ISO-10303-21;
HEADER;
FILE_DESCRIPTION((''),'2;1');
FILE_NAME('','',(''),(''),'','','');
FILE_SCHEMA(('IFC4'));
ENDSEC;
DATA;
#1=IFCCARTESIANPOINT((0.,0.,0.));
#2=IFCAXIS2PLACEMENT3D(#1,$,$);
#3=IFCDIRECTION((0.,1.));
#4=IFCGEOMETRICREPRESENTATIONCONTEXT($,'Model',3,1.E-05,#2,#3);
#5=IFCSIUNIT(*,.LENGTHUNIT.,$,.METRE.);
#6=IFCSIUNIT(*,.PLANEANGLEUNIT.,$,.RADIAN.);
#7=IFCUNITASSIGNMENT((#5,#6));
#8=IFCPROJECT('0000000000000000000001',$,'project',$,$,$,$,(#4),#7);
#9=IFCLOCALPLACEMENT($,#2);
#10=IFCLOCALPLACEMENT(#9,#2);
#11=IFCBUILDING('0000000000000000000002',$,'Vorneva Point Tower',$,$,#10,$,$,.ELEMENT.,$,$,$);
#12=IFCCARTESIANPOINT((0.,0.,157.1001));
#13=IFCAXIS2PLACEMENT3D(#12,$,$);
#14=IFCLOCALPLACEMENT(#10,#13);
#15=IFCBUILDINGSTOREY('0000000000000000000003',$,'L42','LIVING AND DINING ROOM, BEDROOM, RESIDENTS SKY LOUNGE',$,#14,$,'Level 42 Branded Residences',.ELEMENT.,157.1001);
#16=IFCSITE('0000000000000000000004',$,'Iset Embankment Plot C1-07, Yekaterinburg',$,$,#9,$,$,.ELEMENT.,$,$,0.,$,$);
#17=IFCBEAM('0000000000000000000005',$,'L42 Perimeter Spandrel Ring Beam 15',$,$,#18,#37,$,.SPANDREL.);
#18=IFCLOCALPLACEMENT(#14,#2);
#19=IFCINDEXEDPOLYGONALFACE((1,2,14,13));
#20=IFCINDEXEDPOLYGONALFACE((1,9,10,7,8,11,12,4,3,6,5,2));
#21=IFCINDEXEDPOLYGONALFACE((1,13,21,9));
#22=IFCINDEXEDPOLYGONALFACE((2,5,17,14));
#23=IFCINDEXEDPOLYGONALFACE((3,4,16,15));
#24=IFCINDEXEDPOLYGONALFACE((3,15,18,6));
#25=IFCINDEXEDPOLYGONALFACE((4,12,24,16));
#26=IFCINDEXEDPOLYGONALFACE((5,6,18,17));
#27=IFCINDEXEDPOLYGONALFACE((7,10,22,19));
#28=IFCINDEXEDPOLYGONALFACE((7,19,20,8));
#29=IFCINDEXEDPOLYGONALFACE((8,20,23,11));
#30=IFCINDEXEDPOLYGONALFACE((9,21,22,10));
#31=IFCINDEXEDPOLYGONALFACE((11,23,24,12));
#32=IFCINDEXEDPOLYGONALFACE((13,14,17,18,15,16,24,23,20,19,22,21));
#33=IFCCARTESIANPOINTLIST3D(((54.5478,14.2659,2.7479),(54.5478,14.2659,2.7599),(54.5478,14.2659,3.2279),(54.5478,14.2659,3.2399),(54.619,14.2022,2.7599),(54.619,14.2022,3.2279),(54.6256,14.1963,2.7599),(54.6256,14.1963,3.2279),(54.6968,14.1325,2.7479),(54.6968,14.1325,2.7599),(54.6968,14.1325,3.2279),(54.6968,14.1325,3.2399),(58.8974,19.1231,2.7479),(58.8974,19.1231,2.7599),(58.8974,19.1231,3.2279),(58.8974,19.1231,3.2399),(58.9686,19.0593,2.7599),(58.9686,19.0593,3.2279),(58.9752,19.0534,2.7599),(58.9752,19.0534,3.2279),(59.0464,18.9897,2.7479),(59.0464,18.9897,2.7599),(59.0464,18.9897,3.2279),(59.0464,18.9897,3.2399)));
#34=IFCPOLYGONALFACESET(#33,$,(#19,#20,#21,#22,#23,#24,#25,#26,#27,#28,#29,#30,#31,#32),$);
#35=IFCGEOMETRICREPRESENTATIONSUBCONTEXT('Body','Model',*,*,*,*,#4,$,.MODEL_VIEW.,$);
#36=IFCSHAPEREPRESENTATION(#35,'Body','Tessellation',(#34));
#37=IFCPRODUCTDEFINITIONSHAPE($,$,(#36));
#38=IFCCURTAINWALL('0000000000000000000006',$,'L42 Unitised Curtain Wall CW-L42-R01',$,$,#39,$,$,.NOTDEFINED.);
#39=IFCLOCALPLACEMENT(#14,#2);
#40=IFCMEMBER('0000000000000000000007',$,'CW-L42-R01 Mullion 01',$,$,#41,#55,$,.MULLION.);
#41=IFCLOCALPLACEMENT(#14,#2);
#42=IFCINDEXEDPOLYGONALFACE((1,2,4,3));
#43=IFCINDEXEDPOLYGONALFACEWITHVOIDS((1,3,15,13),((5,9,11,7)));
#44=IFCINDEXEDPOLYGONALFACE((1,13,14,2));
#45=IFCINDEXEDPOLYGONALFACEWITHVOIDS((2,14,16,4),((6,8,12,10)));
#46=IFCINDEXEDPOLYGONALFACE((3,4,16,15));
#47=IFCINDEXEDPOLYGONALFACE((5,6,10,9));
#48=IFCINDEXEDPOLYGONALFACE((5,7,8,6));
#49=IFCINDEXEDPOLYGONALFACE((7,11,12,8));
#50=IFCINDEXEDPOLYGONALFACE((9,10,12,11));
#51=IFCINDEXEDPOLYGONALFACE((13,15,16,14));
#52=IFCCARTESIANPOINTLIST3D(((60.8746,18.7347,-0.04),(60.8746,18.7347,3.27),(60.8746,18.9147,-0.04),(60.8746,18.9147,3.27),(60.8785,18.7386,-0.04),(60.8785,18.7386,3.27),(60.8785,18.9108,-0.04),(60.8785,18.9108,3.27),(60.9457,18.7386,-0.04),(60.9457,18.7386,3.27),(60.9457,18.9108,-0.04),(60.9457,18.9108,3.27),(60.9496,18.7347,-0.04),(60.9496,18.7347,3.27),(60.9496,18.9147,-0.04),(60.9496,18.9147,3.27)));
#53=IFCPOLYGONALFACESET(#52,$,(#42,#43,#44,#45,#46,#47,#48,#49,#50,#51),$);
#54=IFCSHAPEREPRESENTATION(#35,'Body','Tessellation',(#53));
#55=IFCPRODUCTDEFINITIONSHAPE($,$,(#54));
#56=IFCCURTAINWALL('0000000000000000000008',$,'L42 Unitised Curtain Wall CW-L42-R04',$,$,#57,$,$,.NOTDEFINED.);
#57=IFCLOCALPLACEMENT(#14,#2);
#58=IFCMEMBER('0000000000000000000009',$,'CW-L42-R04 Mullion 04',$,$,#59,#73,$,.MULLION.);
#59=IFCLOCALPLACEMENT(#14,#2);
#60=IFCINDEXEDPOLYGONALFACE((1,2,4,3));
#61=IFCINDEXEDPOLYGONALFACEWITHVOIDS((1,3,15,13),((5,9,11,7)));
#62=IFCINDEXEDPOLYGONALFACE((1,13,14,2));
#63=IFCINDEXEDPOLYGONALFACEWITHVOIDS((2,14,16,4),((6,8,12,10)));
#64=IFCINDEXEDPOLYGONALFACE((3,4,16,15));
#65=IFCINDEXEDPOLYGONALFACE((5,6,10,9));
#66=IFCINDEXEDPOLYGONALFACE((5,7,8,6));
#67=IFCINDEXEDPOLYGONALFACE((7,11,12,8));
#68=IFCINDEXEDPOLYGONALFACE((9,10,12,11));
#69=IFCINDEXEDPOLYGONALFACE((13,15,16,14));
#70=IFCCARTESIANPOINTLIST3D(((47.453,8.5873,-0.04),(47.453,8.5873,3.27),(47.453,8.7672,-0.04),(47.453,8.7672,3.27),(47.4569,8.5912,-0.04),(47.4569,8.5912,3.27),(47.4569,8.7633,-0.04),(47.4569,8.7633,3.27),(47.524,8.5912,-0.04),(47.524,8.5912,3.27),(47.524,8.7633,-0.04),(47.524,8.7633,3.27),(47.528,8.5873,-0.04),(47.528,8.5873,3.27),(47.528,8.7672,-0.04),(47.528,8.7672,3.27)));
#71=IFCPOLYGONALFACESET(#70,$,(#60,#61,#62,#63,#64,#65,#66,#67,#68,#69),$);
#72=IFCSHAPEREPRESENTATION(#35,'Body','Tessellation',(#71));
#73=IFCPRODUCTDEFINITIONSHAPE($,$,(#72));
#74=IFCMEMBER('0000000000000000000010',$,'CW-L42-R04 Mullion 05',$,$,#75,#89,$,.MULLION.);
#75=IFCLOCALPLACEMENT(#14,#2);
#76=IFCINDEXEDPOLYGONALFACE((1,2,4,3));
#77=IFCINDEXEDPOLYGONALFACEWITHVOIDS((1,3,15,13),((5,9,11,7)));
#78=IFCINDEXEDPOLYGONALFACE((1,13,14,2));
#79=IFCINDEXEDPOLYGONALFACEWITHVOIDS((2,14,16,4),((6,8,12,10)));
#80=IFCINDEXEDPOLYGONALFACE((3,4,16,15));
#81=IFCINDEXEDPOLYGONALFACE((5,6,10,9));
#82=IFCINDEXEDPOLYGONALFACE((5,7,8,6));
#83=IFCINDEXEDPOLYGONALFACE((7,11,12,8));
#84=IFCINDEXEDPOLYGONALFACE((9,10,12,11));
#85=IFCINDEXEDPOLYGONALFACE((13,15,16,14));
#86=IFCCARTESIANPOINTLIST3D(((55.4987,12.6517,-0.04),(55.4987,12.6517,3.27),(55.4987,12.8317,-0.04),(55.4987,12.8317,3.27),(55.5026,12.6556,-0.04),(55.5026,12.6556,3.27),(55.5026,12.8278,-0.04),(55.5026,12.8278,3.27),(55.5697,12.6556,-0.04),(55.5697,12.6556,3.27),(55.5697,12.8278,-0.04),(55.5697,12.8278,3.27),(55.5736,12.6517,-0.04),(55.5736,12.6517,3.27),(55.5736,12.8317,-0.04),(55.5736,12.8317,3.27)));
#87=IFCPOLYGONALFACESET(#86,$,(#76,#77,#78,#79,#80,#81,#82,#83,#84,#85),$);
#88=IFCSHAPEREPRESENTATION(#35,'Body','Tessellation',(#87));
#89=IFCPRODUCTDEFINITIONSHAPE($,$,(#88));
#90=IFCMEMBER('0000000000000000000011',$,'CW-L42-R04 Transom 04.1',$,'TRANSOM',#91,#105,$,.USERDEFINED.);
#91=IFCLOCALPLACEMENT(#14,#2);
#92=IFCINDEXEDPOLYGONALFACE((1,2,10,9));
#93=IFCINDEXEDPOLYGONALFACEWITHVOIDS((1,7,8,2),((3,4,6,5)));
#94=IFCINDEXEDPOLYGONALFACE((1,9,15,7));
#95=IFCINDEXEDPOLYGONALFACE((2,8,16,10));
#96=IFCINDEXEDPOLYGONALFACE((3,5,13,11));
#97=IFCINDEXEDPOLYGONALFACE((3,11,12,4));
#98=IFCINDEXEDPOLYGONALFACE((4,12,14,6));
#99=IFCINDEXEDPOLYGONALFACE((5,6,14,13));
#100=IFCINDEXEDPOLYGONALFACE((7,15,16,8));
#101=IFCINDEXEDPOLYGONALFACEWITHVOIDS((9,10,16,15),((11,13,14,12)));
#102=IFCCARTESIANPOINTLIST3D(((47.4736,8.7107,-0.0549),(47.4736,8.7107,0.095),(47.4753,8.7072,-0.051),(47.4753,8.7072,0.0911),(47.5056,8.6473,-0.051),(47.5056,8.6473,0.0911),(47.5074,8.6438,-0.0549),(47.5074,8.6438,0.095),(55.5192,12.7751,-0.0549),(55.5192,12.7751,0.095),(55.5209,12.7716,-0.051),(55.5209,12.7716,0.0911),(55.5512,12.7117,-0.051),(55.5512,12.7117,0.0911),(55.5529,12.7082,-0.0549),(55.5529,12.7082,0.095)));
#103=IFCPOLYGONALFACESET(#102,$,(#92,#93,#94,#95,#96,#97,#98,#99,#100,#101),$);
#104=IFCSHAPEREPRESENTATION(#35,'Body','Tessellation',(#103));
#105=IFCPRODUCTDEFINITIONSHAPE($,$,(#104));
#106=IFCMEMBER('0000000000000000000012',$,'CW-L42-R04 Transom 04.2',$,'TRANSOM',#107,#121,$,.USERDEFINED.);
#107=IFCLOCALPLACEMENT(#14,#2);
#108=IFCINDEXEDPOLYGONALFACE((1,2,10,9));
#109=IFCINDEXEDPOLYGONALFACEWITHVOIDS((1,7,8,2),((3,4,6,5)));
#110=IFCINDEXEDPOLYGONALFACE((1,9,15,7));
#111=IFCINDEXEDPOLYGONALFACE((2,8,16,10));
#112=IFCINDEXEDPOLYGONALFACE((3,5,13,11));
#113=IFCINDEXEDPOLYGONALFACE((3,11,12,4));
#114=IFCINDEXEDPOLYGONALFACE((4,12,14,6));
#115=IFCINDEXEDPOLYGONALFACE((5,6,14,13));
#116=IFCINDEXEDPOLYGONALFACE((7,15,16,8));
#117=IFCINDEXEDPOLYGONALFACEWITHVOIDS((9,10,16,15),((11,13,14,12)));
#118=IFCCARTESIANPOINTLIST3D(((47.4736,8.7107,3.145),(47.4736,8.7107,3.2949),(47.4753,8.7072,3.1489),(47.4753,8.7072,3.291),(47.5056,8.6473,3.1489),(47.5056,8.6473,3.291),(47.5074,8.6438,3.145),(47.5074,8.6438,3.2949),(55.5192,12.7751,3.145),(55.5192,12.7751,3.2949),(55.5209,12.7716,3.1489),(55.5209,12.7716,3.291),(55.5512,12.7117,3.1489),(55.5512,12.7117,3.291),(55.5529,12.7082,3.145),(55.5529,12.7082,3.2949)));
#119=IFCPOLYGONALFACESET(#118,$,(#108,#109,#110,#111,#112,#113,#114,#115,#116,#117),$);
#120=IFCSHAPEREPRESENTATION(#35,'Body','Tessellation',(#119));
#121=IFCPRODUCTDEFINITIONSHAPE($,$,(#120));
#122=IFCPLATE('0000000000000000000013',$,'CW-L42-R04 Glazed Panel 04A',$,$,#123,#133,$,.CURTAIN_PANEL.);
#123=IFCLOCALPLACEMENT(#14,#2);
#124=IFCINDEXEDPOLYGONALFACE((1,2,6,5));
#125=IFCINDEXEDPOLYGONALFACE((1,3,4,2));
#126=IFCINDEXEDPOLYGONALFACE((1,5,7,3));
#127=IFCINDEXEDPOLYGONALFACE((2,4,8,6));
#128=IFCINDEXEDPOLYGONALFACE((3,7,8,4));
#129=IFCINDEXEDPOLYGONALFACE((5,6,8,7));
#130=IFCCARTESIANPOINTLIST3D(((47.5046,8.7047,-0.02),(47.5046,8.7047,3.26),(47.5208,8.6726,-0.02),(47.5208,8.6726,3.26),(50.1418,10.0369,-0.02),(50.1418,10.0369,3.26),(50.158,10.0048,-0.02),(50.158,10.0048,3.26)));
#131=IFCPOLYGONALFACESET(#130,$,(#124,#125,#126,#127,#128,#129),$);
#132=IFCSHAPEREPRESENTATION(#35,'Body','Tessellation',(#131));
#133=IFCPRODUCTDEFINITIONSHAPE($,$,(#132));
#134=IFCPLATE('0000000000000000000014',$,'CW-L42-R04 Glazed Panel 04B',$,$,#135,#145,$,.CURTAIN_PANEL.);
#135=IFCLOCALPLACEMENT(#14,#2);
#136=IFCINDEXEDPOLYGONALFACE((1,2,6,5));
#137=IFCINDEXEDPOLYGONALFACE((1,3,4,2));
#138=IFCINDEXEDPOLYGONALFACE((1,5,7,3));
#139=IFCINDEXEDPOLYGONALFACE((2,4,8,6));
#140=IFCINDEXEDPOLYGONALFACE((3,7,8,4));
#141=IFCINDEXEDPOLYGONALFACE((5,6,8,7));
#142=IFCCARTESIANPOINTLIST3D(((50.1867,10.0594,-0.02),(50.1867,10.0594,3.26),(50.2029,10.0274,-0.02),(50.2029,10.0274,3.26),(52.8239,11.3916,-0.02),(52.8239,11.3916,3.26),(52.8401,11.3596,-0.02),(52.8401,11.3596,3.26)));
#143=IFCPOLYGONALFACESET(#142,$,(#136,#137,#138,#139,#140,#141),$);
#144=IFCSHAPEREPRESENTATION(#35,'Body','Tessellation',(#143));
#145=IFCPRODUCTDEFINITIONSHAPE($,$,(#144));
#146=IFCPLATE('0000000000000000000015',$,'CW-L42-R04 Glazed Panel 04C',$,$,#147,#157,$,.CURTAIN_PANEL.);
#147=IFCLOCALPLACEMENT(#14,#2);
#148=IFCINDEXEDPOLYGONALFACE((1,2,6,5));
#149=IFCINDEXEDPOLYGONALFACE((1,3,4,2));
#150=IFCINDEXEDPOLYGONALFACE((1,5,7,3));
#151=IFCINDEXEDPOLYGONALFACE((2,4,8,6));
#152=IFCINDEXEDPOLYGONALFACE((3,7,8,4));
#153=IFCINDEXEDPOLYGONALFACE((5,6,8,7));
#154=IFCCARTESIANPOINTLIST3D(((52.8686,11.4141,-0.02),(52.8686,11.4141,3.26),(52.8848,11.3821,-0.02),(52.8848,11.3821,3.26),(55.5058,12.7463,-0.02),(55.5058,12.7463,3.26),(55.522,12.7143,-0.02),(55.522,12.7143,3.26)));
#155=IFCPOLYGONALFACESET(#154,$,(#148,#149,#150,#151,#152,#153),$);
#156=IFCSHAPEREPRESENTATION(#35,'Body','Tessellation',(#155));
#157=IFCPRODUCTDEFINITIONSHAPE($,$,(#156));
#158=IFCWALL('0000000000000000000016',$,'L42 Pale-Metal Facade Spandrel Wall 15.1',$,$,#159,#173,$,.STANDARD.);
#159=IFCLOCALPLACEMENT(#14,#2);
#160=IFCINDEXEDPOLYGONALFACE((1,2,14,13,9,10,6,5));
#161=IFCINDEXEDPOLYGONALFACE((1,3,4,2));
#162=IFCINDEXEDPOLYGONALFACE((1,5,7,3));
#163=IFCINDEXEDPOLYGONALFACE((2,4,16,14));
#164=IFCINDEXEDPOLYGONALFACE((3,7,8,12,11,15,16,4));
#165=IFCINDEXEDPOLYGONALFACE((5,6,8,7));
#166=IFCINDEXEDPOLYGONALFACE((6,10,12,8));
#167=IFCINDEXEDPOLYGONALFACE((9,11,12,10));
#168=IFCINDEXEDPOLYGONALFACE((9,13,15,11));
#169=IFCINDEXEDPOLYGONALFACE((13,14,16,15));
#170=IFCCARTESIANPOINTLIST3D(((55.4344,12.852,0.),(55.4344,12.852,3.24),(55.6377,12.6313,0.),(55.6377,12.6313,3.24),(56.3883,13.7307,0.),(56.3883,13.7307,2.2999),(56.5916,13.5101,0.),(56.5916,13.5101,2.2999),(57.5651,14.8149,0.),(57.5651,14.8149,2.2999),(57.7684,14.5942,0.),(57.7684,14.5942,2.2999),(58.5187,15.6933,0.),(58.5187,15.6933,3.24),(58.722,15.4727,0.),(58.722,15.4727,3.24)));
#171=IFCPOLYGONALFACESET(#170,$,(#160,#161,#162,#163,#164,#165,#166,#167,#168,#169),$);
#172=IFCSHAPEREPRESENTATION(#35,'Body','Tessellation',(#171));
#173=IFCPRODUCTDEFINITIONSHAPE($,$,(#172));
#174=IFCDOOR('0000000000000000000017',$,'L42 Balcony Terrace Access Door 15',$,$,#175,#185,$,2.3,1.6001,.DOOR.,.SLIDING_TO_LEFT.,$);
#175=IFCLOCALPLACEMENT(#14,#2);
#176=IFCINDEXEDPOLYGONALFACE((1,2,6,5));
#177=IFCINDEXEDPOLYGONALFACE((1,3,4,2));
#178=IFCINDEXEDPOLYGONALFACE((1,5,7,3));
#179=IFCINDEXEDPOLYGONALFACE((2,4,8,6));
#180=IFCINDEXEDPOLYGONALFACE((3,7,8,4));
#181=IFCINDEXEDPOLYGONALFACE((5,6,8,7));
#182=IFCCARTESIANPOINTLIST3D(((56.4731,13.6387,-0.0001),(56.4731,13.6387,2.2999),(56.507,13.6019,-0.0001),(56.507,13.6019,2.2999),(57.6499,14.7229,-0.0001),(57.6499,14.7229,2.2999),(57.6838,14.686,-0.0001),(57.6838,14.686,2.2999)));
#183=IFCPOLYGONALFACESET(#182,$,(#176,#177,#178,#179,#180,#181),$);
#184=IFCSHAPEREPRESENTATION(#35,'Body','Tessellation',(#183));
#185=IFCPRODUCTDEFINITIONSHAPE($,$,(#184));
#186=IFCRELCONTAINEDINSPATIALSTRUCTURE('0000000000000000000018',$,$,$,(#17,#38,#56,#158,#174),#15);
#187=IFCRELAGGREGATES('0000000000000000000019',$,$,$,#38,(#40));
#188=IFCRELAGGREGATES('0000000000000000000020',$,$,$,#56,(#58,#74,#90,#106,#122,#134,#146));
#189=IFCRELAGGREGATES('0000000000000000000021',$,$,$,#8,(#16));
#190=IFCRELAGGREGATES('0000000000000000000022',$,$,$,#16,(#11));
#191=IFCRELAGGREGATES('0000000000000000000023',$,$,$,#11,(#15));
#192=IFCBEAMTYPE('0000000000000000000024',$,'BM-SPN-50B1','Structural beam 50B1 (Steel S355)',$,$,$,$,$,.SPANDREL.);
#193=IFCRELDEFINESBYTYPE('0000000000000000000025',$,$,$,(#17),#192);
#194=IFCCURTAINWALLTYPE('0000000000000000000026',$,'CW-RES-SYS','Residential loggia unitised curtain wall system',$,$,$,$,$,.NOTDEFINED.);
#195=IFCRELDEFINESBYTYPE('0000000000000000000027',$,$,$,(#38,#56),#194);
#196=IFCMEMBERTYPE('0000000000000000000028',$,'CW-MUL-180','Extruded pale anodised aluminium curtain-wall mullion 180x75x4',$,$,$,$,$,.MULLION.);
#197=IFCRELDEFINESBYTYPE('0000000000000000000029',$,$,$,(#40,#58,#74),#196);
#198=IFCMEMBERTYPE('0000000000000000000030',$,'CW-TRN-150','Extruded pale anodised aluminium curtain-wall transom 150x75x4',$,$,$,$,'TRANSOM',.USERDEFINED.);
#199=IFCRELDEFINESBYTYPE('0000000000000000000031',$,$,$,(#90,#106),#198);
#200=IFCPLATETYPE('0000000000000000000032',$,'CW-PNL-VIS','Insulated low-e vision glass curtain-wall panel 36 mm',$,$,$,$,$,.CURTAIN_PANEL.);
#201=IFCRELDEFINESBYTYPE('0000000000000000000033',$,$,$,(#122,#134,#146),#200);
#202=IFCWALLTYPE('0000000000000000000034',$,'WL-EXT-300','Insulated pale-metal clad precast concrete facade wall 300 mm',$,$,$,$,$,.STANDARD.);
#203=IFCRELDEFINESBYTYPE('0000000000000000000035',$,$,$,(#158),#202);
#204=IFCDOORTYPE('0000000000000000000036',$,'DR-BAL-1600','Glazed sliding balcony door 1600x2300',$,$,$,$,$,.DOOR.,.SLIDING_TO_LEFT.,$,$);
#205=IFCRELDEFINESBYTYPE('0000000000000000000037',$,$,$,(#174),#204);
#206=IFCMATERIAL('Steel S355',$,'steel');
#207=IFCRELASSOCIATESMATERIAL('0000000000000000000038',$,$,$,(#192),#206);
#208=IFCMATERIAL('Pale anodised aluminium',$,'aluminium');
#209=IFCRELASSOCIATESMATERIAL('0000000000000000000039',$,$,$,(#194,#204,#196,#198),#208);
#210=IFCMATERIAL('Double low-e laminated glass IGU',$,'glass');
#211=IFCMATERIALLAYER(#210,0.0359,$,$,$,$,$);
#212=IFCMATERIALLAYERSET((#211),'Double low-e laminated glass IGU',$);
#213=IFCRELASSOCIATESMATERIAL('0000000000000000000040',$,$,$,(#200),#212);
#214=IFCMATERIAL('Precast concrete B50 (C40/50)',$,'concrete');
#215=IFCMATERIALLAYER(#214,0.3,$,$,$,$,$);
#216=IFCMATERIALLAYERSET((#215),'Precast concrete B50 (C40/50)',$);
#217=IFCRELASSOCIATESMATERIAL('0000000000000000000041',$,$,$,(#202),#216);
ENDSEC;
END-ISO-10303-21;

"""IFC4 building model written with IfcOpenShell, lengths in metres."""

from ifc_helpers import new_model, si_unit, direction, frame, frame_2d, origin, origin_2d, place, context, subcontext, project, spatial, rectangle, hollow_rectangle, i_section, extrude, material, layer, layer_set, material_profile, profile_set, type_object, element, fill, aggregate, save


model = new_model("IFC4")

# Units and contexts
model_context = context("Model", 3, precision=1e-05, world=origin(), true_north=direction((0.0, 1.0)))
body_context = subcontext(model_context, "Body", "Model", "MODEL_VIEW")
ifc_project = project(units=[si_unit("LENGTHUNIT", "METRE"), si_unit("PLANEANGLEUNIT", "RADIAN")], contexts=[model_context])

# Site, building, storey
site_placement = place(None, origin())
site = spatial("IfcSite", under=ifc_project, at=site_placement, Name="Iset Embankment Plot C1-07, Yekaterinburg", CompositionType="ELEMENT", RefElevation=0.0)
building_placement = place(site_placement, origin())
building = spatial("IfcBuilding", under=site, at=building_placement, Name="Vorneva Point Tower", CompositionType="ELEMENT")
storey_placement = place(building_placement, frame((0.0, 0.0, 157.1001)))
storey = spatial("IfcBuildingStorey", under=building, at=storey_placement, Name="L42", Description="LIVING AND DINING ROOM, BEDROOM, RESIDENTS SKY LOUNGE", LongName="Level 42 Branded Residences", CompositionType="ELEMENT", Elevation=157.1001)

# Beam
ifc_material_1 = material(Name="Steel S355", Category="steel")
ifc_material_profile_1 = material_profile(ifc_material_1, i_section(OverallWidth=0.2, OverallDepth=0.4919, WebThickness=0.0088, FlangeThickness=0.012, at=origin_2d()), Name="50B1")
ifc_profile_set_1 = profile_set([ifc_material_profile_1], Name="Steel S355")
beam_type_1 = type_object("IfcBeamType", Name="BM-SPN-50B1", Description="Structural beam 50B1 (Steel S355)", PredefinedType="SPANDREL", material=ifc_profile_set_1)
beam_1_placement = place(storey_placement, frame((54.6223, 14.1992, 2.9939), z_axis=(0.667111, 0.744958, 0.0), x_axis=(-0.744958, 0.667111, 0.0)))
element("IfcBeam", 1, at=beam_1_placement, inside=storey, type_object=beam_type_1, Name="L42 Perimeter Spandrel Ring Beam 15", PredefinedType="SPANDREL", context=body_context, shape_type="SweptSolid", body=[
    extrude(i_section(OverallWidth=0.2, OverallDepth=0.4919, WebThickness=0.0088, FlangeThickness=0.012, at=origin_2d()), origin(), (0.0, 0.0, 1.0), 6.52),
])

# Curtain wall, member
ifc_material_2 = material(Name="Pale anodised aluminium", Category="aluminium")
curtain_wall_type = type_object("IfcCurtainWallType", Name="CW-RES-SYS", Description="Residential loggia unitised curtain wall system", PredefinedType="NOTDEFINED", material=ifc_material_2)
curtain_wall_1_placement = place(storey_placement, origin())
curtain_wall_1 = element("IfcCurtainWall", 2, at=curtain_wall_1_placement, inside=storey, type_object=curtain_wall_type, Name="L42 Unitised Curtain Wall CW-L42-R01", PredefinedType="NOTDEFINED")
ifc_material_profile_2 = material_profile(ifc_material_2, hollow_rectangle(XDim=0.075, YDim=0.1799, WallThickness=0.0039, at=origin_2d()), Name="AL-MUL 180x75x4")
ifc_profile_set_2 = profile_set([ifc_material_profile_2], Name="Pale anodised aluminium")
member_type_1 = type_object("IfcMemberType", Name="CW-MUL-180", Description="Extruded pale anodised aluminium curtain-wall mullion 180x75x4", PredefinedType="MULLION", material=ifc_profile_set_2)
member_1_placement = place(storey_placement, frame((60.9121, 18.8247, -0.04), z_axis=(0.0, 0.0, 1.0), x_axis=(1.0, 0.0, 0.0)))
member_1 = element("IfcMember", 3, at=member_1_placement, type_object=member_type_1, Name="CW-L42-R01 Mullion 01", PredefinedType="MULLION", context=body_context, shape_type="SweptSolid", body=[
    extrude(hollow_rectangle(XDim=0.075, YDim=0.1799, WallThickness=0.0039, at=origin_2d()), origin(), (0.0, 0.0, 1.0), 3.3101),
])
aggregate(curtain_wall_1, [member_1])

# Curtain wall, members, plates
curtain_wall_2_placement = place(storey_placement, origin())
curtain_wall_2 = element("IfcCurtainWall", 4, at=curtain_wall_2_placement, inside=storey, type_object=curtain_wall_type, Name="L42 Unitised Curtain Wall CW-L42-R04", PredefinedType="NOTDEFINED")
member_2_placement = place(storey_placement, frame((47.4905, 8.6772, -0.04), z_axis=(0.0, 0.0, 1.0), x_axis=(1.0, 0.0, 0.0)))
member_2 = element("IfcMember", 5, at=member_2_placement, type_object=member_type_1, Name="CW-L42-R04 Mullion 04", PredefinedType="MULLION", context=body_context, shape_type="SweptSolid", body=[
    extrude(hollow_rectangle(XDim=0.075, YDim=0.1799, WallThickness=0.0039, at=origin_2d()), origin(), (0.0, 0.0, 1.0), 3.3101),
])
member_3_placement = place(storey_placement, frame((55.5361, 12.7417, -0.04), z_axis=(0.0, 0.0, 1.0), x_axis=(1.0, 0.0, 0.0)))
member_3 = element("IfcMember", 6, at=member_3_placement, type_object=member_type_1, Name="CW-L42-R04 Mullion 05", PredefinedType="MULLION", context=body_context, shape_type="SweptSolid", body=[
    extrude(hollow_rectangle(XDim=0.075, YDim=0.1799, WallThickness=0.0039, at=origin_2d()), origin(), (0.0, 0.0, 1.0), 3.3101),
])
ifc_material_profile_3 = material_profile(ifc_material_2, hollow_rectangle(XDim=0.075, YDim=0.1499, WallThickness=0.0039, at=origin_2d()), Name="AL-TRN 150x75x4")
ifc_profile_set_3 = profile_set([ifc_material_profile_3], Name="Pale anodised aluminium")
member_type_2 = type_object("IfcMemberType", Name="CW-TRN-150", Description="Extruded pale anodised aluminium curtain-wall transom 150x75x4", ElementType="TRANSOM", PredefinedType="USERDEFINED", material=ifc_profile_set_3)
member_4_placement = place(storey_placement, frame((47.4905, 8.6772, 0.02), z_axis=(0.892572, 0.450904, 0.0), x_axis=(-0.450904, 0.892572, 0.0)))
member_4 = element("IfcMember", 7, at=member_4_placement, type_object=member_type_2, Name="CW-L42-R04 Transom 04.1", ObjectType="TRANSOM", PredefinedType="USERDEFINED", context=body_context, shape_type="SweptSolid", body=[
    extrude(hollow_rectangle(XDim=0.075, YDim=0.1499, WallThickness=0.0039, at=origin_2d()), origin(), (0.0, 0.0, 1.0), 9.0139),
])
member_5_placement = place(storey_placement, frame((47.4905, 8.6772, 3.22), z_axis=(0.892572, 0.450904, 0.0), x_axis=(-0.450904, 0.892572, 0.0)))
member_5 = element("IfcMember", 8, at=member_5_placement, type_object=member_type_2, Name="CW-L42-R04 Transom 04.2", ObjectType="TRANSOM", PredefinedType="USERDEFINED", context=body_context, shape_type="SweptSolid", body=[
    extrude(hollow_rectangle(XDim=0.075, YDim=0.1499, WallThickness=0.0039, at=origin_2d()), origin(), (0.0, 0.0, 1.0), 9.0139),
])
ifc_material_3 = material(Name="Double low-e laminated glass IGU", Category="glass")
ifc_layer_1 = layer(ifc_material_3, 0.0359)
ifc_layer_set_1 = layer_set([ifc_layer_1], Name="Double low-e laminated glass IGU")
plate_type = type_object("IfcPlateType", Name="CW-PNL-VIS", Description="Insulated low-e vision glass curtain-wall panel 36 mm", PredefinedType="CURTAIN_PANEL", material=ifc_layer_set_1)
plate_1_placement = place(storey_placement, frame((48.8313, 9.3547, -0.02), z_axis=(0.0, 0.0, 1.0), x_axis=(0.892578, 0.450893, 0.0)))
plate_1 = element("IfcPlate", 9, at=plate_1_placement, type_object=plate_type, Name="CW-L42-R04 Glazed Panel 04A", PredefinedType="CURTAIN_PANEL", context=body_context, shape_type="SweptSolid", body=[
    extrude(rectangle(XDim=2.9546, YDim=0.0359, at=origin_2d()), origin(), (0.0, 0.0, 1.0), 3.28),
])
plate_2_placement = place(storey_placement, frame((51.5134, 10.7095, -0.02), z_axis=(0.0, 0.0, 1.0), x_axis=(0.892578, 0.450893, 0.0)))
plate_2 = element("IfcPlate", 10, at=plate_2_placement, type_object=plate_type, Name="CW-L42-R04 Glazed Panel 04B", PredefinedType="CURTAIN_PANEL", context=body_context, shape_type="SweptSolid", body=[
    extrude(rectangle(XDim=2.9546, YDim=0.0359, at=origin_2d()), origin(), (0.0, 0.0, 1.0), 3.28),
])
plate_3_placement = place(storey_placement, frame((54.1953, 12.0642, -0.02), z_axis=(0.0, 0.0, 1.0), x_axis=(0.892578, 0.450893, 0.0)))
plate_3 = element("IfcPlate", 11, at=plate_3_placement, type_object=plate_type, Name="CW-L42-R04 Glazed Panel 04C", PredefinedType="CURTAIN_PANEL", context=body_context, shape_type="SweptSolid", body=[
    extrude(rectangle(XDim=2.9546, YDim=0.0359, at=origin_2d()), origin(), (0.0, 0.0, 1.0), 3.28),
])
aggregate(curtain_wall_2, [member_2, member_3, member_4, member_5, plate_1, plate_2, plate_3])

# Wall, opening, door
ifc_material_4 = material(Name="Precast concrete B50 (C40/50)", Category="concrete")
ifc_layer_2 = layer(ifc_material_4, 0.3)
ifc_layer_set_2 = layer_set([ifc_layer_2], Name="Precast concrete B50 (C40/50)")
wall_type_1 = type_object("IfcWallType", Name="WL-EXT-300", Description="Insulated pale-metal clad precast concrete facade wall 300 mm", PredefinedType="STANDARD", material=ifc_layer_set_2)
wall_1_placement = place(storey_placement, frame((55.5361, 12.7417, 0.0), z_axis=(0.0, 0.0, 1.0), x_axis=(0.735477, 0.67755, 0.0)))
wall_1 = element("IfcWall", 12, at=wall_1_placement, inside=storey, type_object=wall_type_1, Name="L42 Pale-Metal Facade Spandrel Wall 15.1", PredefinedType="STANDARD", context=body_context, shape_type="SweptSolid", body=[
    extrude(rectangle(XDim=4.1936, YDim=0.3, at=frame_2d((2.0967, 0.0))), origin(), (0.0, 0.0, 1.0), 3.24),
])
opening_1_placement = place(wall_1_placement, frame((1.2969, 0.0, 0.0)))
opening_1 = element("IfcOpeningElement", 13, at=opening_1_placement, cuts=wall_1, PredefinedType="OPENING", context=body_context, shape_type="SweptSolid", body=[
    extrude(rectangle(XDim=1.6001, YDim=2.3, at=frame_2d((0.8, 1.1499))), frame((0.0, 0.165, 0.0), z_axis=(0.0, -1.0, 0.0), x_axis=(1.0, 0.0, 0.0)), (0.0, 0.0, 1.0), 0.3298),
])
door_type_1 = type_object("IfcDoorType", Name="DR-BAL-1600", Description="Glazed sliding balcony door 1600x2300", OperationType="SLIDING_TO_LEFT", PredefinedType="DOOR", material=ifc_material_2)
door_1_placement = place(opening_1_placement, origin())
door_1 = element("IfcDoor", 14, at=door_1_placement, inside=storey, type_object=door_type_1, Name="L42 Balcony Terrace Access Door 15", OperationType="SLIDING_TO_LEFT", OverallHeight=2.3, OverallWidth=1.6001, PredefinedType="DOOR", context=body_context, shape_type="SweptSolid", body=[
    extrude(rectangle(XDim=1.6001, YDim=2.3, at=frame_2d((0.8, 1.1499))), frame((0.0, 0.0249, 0.0), z_axis=(0.0, -1.0, 0.0), x_axis=(1.0, 0.0, 0.0)), (0.0, 0.0, 1.0), 0.05),
])
fill(opening_1, door_1)

save(model, "model.ifc")
